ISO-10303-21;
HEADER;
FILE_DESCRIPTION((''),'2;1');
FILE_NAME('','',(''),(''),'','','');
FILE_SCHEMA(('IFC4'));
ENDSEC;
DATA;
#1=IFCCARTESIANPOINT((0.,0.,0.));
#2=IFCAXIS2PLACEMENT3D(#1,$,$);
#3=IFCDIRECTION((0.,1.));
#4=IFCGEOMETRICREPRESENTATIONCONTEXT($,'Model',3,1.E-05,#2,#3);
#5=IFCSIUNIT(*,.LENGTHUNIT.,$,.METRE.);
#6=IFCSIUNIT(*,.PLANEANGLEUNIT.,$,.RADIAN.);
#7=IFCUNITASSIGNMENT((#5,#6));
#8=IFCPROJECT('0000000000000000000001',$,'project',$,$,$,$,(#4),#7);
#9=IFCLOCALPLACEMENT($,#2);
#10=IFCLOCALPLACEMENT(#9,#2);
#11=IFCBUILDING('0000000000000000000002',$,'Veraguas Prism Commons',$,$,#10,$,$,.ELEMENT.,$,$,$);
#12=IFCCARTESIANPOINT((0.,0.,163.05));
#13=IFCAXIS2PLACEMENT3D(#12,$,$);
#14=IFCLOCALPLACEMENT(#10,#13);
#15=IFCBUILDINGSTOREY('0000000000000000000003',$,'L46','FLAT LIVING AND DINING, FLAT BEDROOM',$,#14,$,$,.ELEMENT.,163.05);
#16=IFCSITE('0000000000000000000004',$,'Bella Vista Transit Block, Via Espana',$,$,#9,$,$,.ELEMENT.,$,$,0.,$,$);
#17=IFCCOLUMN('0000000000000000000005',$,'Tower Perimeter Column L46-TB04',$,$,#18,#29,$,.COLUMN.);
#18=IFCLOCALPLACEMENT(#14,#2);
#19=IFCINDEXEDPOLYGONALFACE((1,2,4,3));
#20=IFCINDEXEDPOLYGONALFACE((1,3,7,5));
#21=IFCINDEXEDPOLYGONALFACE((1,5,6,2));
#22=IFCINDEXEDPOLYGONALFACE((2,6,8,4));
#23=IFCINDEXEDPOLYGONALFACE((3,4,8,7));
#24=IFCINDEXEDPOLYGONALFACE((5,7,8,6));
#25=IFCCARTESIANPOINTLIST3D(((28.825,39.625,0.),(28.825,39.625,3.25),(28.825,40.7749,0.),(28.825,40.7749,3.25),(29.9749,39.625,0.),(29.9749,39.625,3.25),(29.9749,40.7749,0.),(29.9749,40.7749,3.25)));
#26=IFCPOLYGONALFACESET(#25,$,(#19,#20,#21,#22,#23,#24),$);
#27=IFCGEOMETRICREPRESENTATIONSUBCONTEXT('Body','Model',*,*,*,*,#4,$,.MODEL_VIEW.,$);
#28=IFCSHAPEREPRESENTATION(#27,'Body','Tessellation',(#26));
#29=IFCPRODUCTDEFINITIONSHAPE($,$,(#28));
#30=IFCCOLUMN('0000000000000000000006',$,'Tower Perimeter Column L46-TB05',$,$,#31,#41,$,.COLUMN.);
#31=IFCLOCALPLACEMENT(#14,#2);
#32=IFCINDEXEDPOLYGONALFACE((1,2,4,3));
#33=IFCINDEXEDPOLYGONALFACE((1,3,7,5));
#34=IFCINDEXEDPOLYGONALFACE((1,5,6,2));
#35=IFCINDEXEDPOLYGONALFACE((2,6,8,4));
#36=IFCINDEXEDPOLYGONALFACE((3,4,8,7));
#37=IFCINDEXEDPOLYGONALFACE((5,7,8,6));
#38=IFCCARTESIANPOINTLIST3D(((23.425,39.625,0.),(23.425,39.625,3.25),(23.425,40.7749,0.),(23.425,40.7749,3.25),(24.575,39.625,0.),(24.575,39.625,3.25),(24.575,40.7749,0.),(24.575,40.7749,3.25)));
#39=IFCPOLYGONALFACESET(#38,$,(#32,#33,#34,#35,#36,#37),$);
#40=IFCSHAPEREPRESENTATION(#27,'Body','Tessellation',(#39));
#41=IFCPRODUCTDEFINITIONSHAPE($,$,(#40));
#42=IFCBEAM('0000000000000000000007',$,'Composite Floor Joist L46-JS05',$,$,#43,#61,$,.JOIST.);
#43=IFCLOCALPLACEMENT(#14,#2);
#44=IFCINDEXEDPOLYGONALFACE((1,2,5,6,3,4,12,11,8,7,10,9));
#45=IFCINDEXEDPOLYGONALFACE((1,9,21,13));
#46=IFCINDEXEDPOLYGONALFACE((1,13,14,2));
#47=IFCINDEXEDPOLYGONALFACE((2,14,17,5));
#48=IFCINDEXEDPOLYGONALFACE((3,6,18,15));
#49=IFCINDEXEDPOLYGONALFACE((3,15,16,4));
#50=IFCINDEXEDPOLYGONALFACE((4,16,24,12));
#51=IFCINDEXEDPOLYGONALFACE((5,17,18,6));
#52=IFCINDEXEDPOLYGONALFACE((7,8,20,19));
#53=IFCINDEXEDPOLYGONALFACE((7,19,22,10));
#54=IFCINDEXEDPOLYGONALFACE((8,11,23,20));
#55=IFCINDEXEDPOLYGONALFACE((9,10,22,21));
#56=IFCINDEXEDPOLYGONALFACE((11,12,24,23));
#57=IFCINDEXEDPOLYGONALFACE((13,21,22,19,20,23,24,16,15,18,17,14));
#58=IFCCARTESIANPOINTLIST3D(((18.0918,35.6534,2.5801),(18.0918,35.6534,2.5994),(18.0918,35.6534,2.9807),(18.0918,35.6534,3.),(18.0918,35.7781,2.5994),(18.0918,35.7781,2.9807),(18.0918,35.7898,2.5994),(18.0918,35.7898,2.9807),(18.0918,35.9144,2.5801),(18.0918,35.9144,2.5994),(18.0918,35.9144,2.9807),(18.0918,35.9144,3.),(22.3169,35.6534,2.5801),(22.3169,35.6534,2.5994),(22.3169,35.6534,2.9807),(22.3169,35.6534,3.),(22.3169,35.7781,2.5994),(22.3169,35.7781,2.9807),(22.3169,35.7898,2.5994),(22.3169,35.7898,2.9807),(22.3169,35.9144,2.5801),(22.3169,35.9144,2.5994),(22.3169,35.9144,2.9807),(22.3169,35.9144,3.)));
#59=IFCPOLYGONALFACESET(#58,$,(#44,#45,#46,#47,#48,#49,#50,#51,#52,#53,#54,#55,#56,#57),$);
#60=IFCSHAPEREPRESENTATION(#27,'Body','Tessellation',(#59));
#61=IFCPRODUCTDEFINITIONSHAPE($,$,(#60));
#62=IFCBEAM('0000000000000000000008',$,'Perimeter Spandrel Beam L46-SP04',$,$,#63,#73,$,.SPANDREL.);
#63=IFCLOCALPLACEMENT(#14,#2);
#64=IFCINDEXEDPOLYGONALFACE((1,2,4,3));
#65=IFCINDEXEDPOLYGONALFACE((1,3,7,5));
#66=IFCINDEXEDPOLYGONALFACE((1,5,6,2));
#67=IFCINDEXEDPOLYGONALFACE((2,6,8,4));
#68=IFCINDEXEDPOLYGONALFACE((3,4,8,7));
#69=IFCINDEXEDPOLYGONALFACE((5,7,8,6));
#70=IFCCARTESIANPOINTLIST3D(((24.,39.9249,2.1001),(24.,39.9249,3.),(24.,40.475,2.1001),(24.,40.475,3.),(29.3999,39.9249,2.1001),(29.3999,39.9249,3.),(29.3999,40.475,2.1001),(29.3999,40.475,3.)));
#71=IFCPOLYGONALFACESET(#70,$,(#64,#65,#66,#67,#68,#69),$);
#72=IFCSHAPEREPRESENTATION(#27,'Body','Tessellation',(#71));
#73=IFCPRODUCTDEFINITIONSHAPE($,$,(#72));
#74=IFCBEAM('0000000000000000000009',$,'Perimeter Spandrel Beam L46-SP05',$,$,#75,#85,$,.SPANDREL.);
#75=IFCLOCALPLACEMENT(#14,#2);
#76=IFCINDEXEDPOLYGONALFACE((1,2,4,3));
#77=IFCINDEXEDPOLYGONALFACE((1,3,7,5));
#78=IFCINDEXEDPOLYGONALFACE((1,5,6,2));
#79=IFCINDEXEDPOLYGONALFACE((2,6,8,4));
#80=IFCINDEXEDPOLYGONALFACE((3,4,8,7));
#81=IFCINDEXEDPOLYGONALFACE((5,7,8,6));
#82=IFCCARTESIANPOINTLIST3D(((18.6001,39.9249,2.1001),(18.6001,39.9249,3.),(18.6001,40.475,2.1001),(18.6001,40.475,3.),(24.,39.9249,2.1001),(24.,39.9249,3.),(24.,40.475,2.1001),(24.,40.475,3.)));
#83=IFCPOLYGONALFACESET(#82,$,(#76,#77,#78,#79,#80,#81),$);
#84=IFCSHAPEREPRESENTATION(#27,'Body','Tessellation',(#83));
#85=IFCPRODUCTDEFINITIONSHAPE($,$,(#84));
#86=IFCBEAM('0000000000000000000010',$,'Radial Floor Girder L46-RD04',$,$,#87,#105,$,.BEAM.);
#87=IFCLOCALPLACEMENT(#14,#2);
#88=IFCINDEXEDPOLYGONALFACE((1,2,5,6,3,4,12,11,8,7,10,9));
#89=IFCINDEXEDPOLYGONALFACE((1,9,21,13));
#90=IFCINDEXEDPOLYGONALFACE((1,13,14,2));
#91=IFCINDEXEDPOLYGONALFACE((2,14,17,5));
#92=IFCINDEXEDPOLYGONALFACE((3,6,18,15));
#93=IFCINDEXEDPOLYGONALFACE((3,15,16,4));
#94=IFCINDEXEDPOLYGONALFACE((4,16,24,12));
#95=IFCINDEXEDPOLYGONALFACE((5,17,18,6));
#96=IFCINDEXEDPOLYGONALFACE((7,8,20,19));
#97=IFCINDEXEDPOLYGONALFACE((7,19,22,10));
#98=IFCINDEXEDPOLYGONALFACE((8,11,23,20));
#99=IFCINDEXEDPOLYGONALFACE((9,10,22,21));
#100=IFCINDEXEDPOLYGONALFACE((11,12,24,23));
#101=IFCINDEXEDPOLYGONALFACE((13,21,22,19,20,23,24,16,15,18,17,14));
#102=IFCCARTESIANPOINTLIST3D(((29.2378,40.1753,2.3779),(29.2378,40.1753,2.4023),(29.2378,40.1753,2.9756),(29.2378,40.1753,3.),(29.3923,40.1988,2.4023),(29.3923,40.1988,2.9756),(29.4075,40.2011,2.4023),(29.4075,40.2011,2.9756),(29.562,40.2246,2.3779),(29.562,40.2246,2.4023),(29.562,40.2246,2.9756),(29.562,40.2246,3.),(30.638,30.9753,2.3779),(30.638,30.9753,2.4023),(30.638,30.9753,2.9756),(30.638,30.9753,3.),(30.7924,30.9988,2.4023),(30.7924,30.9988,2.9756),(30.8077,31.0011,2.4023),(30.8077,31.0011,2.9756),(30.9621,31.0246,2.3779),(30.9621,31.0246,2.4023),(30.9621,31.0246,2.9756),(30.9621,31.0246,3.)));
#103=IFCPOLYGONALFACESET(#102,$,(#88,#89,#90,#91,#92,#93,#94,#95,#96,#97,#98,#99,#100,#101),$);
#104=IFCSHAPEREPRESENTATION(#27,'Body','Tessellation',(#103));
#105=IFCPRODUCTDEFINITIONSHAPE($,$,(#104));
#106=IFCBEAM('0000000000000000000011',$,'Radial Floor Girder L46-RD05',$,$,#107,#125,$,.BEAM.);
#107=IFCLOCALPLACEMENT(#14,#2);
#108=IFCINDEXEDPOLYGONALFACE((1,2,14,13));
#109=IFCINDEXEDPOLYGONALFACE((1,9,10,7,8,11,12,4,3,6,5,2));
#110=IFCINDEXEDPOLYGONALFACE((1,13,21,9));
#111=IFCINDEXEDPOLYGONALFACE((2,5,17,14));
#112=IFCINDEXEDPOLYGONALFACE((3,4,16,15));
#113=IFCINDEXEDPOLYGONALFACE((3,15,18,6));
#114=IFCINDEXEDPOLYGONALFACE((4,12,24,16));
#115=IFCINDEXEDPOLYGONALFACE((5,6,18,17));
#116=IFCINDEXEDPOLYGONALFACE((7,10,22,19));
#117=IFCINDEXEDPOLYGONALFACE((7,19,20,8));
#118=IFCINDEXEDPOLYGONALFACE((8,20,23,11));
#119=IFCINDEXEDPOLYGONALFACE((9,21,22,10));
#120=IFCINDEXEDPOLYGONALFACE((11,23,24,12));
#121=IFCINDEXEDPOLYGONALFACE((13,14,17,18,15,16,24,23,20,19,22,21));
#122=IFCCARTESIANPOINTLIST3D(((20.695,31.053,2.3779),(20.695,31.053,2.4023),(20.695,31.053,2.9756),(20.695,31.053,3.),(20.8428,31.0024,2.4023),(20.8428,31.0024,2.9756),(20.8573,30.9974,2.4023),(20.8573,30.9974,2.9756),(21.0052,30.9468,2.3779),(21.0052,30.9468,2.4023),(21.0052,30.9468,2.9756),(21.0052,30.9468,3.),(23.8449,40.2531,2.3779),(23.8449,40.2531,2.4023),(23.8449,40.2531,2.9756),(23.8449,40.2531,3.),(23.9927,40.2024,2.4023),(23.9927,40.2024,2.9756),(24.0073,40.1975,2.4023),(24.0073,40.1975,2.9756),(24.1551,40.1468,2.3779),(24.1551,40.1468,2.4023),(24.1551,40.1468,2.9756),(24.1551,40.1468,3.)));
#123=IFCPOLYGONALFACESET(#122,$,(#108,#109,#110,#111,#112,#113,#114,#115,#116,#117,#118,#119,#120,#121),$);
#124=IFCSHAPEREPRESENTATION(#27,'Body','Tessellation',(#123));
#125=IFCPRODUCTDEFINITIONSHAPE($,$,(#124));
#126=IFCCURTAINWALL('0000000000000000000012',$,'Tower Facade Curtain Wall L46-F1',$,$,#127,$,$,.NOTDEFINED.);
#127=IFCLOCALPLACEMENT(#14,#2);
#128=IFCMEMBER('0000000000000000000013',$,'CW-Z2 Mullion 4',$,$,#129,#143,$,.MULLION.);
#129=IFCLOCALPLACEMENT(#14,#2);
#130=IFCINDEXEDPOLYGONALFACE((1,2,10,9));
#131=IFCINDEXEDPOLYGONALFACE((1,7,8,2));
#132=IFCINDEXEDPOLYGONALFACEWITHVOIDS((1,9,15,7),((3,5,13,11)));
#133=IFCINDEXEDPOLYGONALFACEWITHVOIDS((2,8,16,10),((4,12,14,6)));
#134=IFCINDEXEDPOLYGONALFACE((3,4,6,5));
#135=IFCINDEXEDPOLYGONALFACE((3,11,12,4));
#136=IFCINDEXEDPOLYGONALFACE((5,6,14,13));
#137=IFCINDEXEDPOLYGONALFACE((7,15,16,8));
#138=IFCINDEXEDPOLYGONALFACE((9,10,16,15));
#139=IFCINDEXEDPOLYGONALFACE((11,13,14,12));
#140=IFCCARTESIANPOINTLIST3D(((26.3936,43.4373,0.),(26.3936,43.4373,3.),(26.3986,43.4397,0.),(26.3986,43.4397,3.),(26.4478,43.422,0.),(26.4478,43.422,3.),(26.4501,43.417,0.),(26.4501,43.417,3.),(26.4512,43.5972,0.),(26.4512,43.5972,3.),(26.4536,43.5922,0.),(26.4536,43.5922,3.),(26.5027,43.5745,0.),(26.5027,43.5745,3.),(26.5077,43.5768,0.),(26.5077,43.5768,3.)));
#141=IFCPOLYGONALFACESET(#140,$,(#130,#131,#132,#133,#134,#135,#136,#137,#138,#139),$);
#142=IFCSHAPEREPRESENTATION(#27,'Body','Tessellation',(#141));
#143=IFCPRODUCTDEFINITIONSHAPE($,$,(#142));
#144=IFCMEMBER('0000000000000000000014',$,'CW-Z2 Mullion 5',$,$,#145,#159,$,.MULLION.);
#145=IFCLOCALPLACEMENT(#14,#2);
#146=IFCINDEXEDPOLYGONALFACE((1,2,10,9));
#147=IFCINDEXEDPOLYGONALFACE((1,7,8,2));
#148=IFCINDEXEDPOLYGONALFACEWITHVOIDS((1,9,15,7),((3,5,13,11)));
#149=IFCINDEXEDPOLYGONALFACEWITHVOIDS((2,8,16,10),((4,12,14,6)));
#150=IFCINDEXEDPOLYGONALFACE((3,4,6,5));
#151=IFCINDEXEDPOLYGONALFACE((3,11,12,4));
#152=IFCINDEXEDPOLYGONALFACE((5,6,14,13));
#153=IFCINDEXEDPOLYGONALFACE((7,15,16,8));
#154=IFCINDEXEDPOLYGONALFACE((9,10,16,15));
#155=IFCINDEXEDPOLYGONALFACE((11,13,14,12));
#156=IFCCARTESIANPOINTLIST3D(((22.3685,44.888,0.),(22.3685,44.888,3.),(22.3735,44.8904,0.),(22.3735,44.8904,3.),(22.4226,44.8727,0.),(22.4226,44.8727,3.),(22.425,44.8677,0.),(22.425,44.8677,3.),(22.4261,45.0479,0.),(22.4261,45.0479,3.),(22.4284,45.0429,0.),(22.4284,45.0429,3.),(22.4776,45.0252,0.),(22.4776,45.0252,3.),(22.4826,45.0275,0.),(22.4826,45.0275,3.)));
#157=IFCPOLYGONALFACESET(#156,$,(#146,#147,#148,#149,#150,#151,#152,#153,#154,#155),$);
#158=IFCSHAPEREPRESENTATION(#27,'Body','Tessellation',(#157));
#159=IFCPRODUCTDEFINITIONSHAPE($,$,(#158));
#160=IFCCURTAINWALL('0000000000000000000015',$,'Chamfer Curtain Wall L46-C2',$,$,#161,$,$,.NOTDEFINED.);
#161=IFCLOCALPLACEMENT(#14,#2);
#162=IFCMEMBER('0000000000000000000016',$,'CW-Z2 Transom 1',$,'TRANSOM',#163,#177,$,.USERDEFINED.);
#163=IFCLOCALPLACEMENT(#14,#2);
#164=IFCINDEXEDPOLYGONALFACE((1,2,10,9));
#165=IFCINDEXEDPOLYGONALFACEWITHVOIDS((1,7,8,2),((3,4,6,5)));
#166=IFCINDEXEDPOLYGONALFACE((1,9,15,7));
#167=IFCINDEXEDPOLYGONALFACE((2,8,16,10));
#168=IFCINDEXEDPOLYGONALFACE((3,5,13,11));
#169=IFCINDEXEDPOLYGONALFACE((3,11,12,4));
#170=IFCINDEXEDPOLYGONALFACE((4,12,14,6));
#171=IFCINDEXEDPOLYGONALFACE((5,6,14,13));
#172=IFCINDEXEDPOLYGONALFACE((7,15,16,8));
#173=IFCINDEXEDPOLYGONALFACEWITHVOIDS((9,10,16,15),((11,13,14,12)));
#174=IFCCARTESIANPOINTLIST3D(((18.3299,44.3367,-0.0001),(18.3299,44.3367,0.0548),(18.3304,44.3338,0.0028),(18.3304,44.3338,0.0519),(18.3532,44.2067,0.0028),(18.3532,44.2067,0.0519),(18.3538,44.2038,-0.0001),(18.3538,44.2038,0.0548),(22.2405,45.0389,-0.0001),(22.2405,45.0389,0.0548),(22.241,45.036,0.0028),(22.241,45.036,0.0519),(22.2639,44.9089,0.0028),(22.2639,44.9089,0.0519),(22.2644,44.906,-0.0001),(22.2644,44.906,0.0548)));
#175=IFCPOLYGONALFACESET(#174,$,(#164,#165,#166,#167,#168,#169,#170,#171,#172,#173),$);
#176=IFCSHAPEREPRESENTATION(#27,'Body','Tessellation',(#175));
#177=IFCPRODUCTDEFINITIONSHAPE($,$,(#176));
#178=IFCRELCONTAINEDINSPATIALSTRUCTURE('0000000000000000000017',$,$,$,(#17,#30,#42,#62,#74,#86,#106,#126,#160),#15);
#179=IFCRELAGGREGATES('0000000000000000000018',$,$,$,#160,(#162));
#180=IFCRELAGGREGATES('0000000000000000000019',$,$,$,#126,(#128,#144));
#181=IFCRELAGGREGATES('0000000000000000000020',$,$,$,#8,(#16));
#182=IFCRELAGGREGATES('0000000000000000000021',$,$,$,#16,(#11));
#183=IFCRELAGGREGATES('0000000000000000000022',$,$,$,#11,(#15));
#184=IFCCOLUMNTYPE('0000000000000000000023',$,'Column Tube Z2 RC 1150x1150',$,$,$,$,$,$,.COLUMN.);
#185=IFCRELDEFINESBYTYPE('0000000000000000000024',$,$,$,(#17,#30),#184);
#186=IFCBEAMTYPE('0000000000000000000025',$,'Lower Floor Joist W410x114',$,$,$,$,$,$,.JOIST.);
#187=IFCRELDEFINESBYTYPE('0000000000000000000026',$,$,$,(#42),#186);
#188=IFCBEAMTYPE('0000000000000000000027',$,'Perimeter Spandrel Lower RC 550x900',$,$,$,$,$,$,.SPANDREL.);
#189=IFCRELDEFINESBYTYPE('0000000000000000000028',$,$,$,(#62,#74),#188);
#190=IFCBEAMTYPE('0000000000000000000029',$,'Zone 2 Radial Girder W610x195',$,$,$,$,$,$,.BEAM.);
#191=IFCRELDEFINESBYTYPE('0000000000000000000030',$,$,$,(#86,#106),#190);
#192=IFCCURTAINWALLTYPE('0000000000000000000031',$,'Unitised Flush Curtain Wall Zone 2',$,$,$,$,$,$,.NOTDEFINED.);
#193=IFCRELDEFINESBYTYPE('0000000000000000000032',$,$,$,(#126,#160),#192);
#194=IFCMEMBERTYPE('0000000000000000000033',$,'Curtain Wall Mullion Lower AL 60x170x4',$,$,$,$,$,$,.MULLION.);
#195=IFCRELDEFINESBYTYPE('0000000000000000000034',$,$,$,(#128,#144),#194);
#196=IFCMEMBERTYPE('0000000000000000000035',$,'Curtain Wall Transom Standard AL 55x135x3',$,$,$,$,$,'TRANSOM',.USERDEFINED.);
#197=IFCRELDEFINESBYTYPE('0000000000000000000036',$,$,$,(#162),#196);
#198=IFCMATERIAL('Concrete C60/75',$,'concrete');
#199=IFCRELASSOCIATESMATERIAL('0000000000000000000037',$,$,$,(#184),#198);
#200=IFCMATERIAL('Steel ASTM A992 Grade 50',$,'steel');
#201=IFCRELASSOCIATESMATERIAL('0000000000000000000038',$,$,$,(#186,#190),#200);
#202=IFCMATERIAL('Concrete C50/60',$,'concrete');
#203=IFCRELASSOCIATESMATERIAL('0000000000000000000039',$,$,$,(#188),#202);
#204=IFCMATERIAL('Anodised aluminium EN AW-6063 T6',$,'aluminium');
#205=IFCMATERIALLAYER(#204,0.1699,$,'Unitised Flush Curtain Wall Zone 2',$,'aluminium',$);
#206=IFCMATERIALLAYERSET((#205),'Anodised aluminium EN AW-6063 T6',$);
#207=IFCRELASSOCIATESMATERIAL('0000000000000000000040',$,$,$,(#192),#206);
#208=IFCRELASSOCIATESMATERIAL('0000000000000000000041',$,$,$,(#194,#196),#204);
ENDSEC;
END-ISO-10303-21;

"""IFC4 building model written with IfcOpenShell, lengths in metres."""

from ifc_helpers import new_model, si_unit, direction, frame, origin, origin_2d, place, context, subcontext, project, spatial, rectangle, hollow_rectangle, i_section, extrude, source, transform, mapped, material, layer, layer_set, material_profile, profile_set, type_object, element, aggregate, save


model = new_model("IFC4")

# Units and contexts
model_context = context("Model", 3, precision=1e-05, world=origin(), true_north=direction((0.0, 1.0)))
body_context = subcontext(model_context, "Body", "Model", "MODEL_VIEW")
ifc_project = project(units=[si_unit("LENGTHUNIT", "METRE"), si_unit("PLANEANGLEUNIT", "RADIAN")], contexts=[model_context])

# Site, building, storey
site_placement = place(None, origin())
site = spatial("IfcSite", under=ifc_project, at=site_placement, Name="Bella Vista Transit Block, Via Espana", CompositionType="ELEMENT", RefElevation=0.0)
building_placement = place(site_placement, origin())
building = spatial("IfcBuilding", under=site, at=building_placement, Name="Veraguas Prism Commons", CompositionType="ELEMENT")
storey_placement = place(building_placement, frame((0.0, 0.0, 163.05)))
storey = spatial("IfcBuildingStorey", under=building, at=storey_placement, Name="L46", Description="FLAT LIVING AND DINING, FLAT BEDROOM", CompositionType="ELEMENT", Elevation=163.05)

# Columns
ifc_material_1 = material(Name="Concrete C60/75", Category="concrete")
ifc_material_profile_1 = material_profile(ifc_material_1, rectangle(XDim=1.1499, YDim=1.1499, at=origin_2d()), Name="RC1150X1150")
ifc_profile_set_1 = profile_set([ifc_material_profile_1], Name="Concrete C60/75")
column_type = type_object("IfcColumnType", Name="Column Tube Z2 RC 1150x1150", PredefinedType="COLUMN", material=ifc_profile_set_1)
for number, where, z_axis, x_axis, name in (
    (1, (29.3999, 40.2, 0.0), (0.0, 0.0, 1.0), (1.0, 0.0, 0.0), "Tower Perimeter Column L46-TB04"),
    (2, (24.0, 40.2, 0.0), (0.0, 0.0, 1.0), (1.0, 0.0, 0.0), "Tower Perimeter Column L46-TB05"),
):
    element("IfcColumn", number, at=place(storey_placement, frame(where, z_axis=z_axis, x_axis=x_axis)), inside=storey, type_object=column_type, Name=name, PredefinedType="COLUMN", context=body_context, shape_type="SweptSolid", body=[
        extrude(rectangle(XDim=1.1499, YDim=1.1499, at=origin_2d()), origin(), (0.0, 0.0, 1.0), 3.25),
    ])

# Beams
ifc_material_2 = material(Name="Steel ASTM A992 Grade 50", Category="steel")
ifc_material_profile_2 = material_profile(ifc_material_2, i_section(OverallWidth=0.261, OverallDepth=0.4199, WebThickness=0.0117, FlangeThickness=0.0193, at=origin_2d()), Name="W410X114")
ifc_profile_set_2 = profile_set([ifc_material_profile_2], Name="Steel ASTM A992 Grade 50")
beam_type_1 = type_object("IfcBeamType", Name="Lower Floor Joist W410x114", PredefinedType="JOIST", material=ifc_profile_set_2)
beam_1_placement = place(storey_placement, frame((22.3169, 35.7839, 2.79), z_axis=(-1.0, 0.0, 0.0), x_axis=(0.0, -1.0, 0.0)))
element("IfcBeam", 3, at=beam_1_placement, inside=storey, type_object=beam_type_1, Name="Composite Floor Joist L46-JS05", PredefinedType="JOIST", context=body_context, shape_type="SweptSolid", body=[
    extrude(i_section(OverallWidth=0.261, OverallDepth=0.4199, WebThickness=0.0117, FlangeThickness=0.0193, at=origin_2d()), origin(), (0.0, 0.0, 1.0), 4.2251),
])
ifc_material_3 = material(Name="Concrete C50/60", Category="concrete")
ifc_material_profile_3 = material_profile(ifc_material_3, rectangle(XDim=0.55, YDim=0.8999, at=origin_2d()), Name="RC550X900")
ifc_profile_set_3 = profile_set([ifc_material_profile_3], Name="Concrete C50/60")
beam_type_2 = type_object("IfcBeamType", Name="Perimeter Spandrel Lower RC 550x900", PredefinedType="SPANDREL", material=ifc_profile_set_3)
for number, where, z_axis, x_axis, name in (
    (4, (29.3999, 40.2, 2.55), (-1.0, 0.0, 0.0), (0.0, -1.0, 0.0), "Perimeter Spandrel Beam L46-SP04"),
    (5, (24.0, 40.2, 2.55), (-1.0, 0.0, 0.0), (0.0, -1.0, 0.0), "Perimeter Spandrel Beam L46-SP05"),
):
    element("IfcBeam", number, at=place(storey_placement, frame(where, z_axis=z_axis, x_axis=x_axis)), inside=storey, type_object=beam_type_2, Name=name, PredefinedType="SPANDREL", context=body_context, shape_type="SweptSolid", body=[
        extrude(rectangle(XDim=0.55, YDim=0.8999, at=origin_2d()), origin(), (0.0, 0.0, 1.0), 5.3999),
    ])
ifc_material_profile_4 = material_profile(ifc_material_2, i_section(OverallWidth=0.3279, OverallDepth=0.6221, WebThickness=0.0154, FlangeThickness=0.0244, at=origin_2d()), Name="W610X195")
ifc_profile_set_4 = profile_set([ifc_material_profile_4], Name="Steel ASTM A992 Grade 50")
beam_type_3 = type_object("IfcBeamType", Name="Zone 2 Radial Girder W610x195", PredefinedType="BEAM", material=ifc_profile_set_4)
beam_2_placement = place(storey_placement, frame((29.3999, 40.2, 2.689), z_axis=(0.150458, -0.988616, 0.0), x_axis=(0.988616, 0.150458, 0.0)))
element("IfcBeam", 6, at=beam_2_placement, inside=storey, type_object=beam_type_3, Name="Radial Floor Girder L46-RD04", PredefinedType="BEAM", context=body_context, shape_type="SweptSolid", body=[
    extrude(i_section(OverallWidth=0.3279, OverallDepth=0.6221, WebThickness=0.0154, FlangeThickness=0.0244, at=origin_2d()), origin(), (0.0, 0.0, 1.0), 9.3059),
])
beam_3_placement = place(storey_placement, frame((24.0, 40.2, 2.689), z_axis=(-0.323922, -0.946084, 0.0), x_axis=(0.946084, -0.323922, 0.0)))
element("IfcBeam", 7, at=beam_3_placement, inside=storey, type_object=beam_type_3, Name="Radial Floor Girder L46-RD05", PredefinedType="BEAM", context=body_context, shape_type="SweptSolid", body=[
    extrude(i_section(OverallWidth=0.3279, OverallDepth=0.6221, WebThickness=0.0154, FlangeThickness=0.0244, at=origin_2d()), origin(), (0.0, 0.0, 1.0), 9.7244),
])

# Curtain walls, members
ifc_material_4 = material(Name="Anodised aluminium EN AW-6063 T6", Category="aluminium")
ifc_layer_1 = layer(ifc_material_4, 0.1699, Name="Unitised Flush Curtain Wall Zone 2", Category="aluminium")
ifc_layer_set_1 = layer_set([ifc_layer_1], Name="Anodised aluminium EN AW-6063 T6")
curtain_wall_type = type_object("IfcCurtainWallType", Name="Unitised Flush Curtain Wall Zone 2", PredefinedType="NOTDEFINED", material=ifc_layer_set_1)
curtain_wall_1_placement = place(storey_placement, origin())
curtain_wall_1 = element("IfcCurtainWall", 8, at=curtain_wall_1_placement, inside=storey, type_object=curtain_wall_type, Name="Tower Facade Curtain Wall L46-F1", PredefinedType="NOTDEFINED")
ifc_material_profile_5 = material_profile(ifc_material_4, hollow_rectangle(XDim=0.0601, YDim=0.1699, WallThickness=0.0039, at=origin_2d()), Name="AL60X170X4")
ifc_profile_set_5 = profile_set([ifc_material_profile_5], Name="Anodised aluminium EN AW-6063 T6")
member_type_1 = type_object("IfcMemberType", Name="Curtain Wall Mullion Lower AL 60x170x4", PredefinedType="MULLION", material=ifc_profile_set_5)
shared_shape_1 = source(origin(), body_context, "Body", "SweptSolid", [
    extrude(hollow_rectangle(XDim=0.0601, YDim=0.1699, WallThickness=0.0039, at=origin_2d()), origin(), (0.0, 0.0, 1.0), 3.0),
])
member_1_placement = place(storey_placement, frame((26.4507, 43.5071, 0.0), z_axis=(0.0, 0.0, 1.0), x_axis=(-0.940761, 0.339071, 0.0)))
member_1 = element("IfcMember", 9, at=member_1_placement, type_object=member_type_1, Name="CW-Z2 Mullion 4", PredefinedType="MULLION", context=body_context, shape_type="MappedRepresentation", body=[
    mapped(shared_shape_1, transform((0.0, 0.0, 0.0), scale=1.0)),
])
member_2_placement = place(storey_placement, frame((22.4255, 44.9578, 0.0), z_axis=(0.0, 0.0, 1.0), x_axis=(-0.940761, 0.339071, 0.0)))
member_2 = element("IfcMember", 10, at=member_2_placement, type_object=member_type_1, Name="CW-Z2 Mullion 5", PredefinedType="MULLION", context=body_context, shape_type="MappedRepresentation", body=[
    mapped(shared_shape_1, transform((0.0, 0.0, 0.0), scale=1.0)),
])
curtain_wall_2_placement = place(storey_placement, origin())
curtain_wall_2 = element("IfcCurtainWall", 11, at=curtain_wall_2_placement, inside=storey, type_object=curtain_wall_type, Name="Chamfer Curtain Wall L46-C2", PredefinedType="NOTDEFINED")
ifc_material_profile_6 = material_profile(ifc_material_4, hollow_rectangle(XDim=0.0549, YDim=0.135, WallThickness=0.0029, at=origin_2d()), Name="AL55X135X3")
ifc_profile_set_6 = profile_set([ifc_material_profile_6], Name="Anodised aluminium EN AW-6063 T6")
member_type_2 = type_object("IfcMemberType", Name="Curtain Wall Transom Standard AL 55x135x3", ElementType="TRANSOM", PredefinedType="USERDEFINED", material=ifc_profile_set_6)
shared_shape_2 = source(origin(), body_context, "Body", "SweptSolid", [
    extrude(hollow_rectangle(XDim=0.0549, YDim=0.135, WallThickness=0.0029, at=origin_2d()), origin(), (0.0, 0.0, 1.0), 3.9731),
])
member_3_placement = place(storey_placement, frame((22.2524, 44.9724, 0.0273), z_axis=(-0.984261, -0.176722, 0.0), x_axis=(0.0, 0.0, 1.0)))
member_3 = element("IfcMember", 12, at=member_3_placement, type_object=member_type_2, Name="CW-Z2 Transom 1", ObjectType="TRANSOM", PredefinedType="USERDEFINED", context=body_context, shape_type="MappedRepresentation", body=[
    mapped(shared_shape_2, transform((0.0, 0.0, 0.0), scale=1.0)),
])
aggregate(curtain_wall_2, [member_3])

aggregate(curtain_wall_1, [member_1, member_2])

save(model, "model.ifc")
